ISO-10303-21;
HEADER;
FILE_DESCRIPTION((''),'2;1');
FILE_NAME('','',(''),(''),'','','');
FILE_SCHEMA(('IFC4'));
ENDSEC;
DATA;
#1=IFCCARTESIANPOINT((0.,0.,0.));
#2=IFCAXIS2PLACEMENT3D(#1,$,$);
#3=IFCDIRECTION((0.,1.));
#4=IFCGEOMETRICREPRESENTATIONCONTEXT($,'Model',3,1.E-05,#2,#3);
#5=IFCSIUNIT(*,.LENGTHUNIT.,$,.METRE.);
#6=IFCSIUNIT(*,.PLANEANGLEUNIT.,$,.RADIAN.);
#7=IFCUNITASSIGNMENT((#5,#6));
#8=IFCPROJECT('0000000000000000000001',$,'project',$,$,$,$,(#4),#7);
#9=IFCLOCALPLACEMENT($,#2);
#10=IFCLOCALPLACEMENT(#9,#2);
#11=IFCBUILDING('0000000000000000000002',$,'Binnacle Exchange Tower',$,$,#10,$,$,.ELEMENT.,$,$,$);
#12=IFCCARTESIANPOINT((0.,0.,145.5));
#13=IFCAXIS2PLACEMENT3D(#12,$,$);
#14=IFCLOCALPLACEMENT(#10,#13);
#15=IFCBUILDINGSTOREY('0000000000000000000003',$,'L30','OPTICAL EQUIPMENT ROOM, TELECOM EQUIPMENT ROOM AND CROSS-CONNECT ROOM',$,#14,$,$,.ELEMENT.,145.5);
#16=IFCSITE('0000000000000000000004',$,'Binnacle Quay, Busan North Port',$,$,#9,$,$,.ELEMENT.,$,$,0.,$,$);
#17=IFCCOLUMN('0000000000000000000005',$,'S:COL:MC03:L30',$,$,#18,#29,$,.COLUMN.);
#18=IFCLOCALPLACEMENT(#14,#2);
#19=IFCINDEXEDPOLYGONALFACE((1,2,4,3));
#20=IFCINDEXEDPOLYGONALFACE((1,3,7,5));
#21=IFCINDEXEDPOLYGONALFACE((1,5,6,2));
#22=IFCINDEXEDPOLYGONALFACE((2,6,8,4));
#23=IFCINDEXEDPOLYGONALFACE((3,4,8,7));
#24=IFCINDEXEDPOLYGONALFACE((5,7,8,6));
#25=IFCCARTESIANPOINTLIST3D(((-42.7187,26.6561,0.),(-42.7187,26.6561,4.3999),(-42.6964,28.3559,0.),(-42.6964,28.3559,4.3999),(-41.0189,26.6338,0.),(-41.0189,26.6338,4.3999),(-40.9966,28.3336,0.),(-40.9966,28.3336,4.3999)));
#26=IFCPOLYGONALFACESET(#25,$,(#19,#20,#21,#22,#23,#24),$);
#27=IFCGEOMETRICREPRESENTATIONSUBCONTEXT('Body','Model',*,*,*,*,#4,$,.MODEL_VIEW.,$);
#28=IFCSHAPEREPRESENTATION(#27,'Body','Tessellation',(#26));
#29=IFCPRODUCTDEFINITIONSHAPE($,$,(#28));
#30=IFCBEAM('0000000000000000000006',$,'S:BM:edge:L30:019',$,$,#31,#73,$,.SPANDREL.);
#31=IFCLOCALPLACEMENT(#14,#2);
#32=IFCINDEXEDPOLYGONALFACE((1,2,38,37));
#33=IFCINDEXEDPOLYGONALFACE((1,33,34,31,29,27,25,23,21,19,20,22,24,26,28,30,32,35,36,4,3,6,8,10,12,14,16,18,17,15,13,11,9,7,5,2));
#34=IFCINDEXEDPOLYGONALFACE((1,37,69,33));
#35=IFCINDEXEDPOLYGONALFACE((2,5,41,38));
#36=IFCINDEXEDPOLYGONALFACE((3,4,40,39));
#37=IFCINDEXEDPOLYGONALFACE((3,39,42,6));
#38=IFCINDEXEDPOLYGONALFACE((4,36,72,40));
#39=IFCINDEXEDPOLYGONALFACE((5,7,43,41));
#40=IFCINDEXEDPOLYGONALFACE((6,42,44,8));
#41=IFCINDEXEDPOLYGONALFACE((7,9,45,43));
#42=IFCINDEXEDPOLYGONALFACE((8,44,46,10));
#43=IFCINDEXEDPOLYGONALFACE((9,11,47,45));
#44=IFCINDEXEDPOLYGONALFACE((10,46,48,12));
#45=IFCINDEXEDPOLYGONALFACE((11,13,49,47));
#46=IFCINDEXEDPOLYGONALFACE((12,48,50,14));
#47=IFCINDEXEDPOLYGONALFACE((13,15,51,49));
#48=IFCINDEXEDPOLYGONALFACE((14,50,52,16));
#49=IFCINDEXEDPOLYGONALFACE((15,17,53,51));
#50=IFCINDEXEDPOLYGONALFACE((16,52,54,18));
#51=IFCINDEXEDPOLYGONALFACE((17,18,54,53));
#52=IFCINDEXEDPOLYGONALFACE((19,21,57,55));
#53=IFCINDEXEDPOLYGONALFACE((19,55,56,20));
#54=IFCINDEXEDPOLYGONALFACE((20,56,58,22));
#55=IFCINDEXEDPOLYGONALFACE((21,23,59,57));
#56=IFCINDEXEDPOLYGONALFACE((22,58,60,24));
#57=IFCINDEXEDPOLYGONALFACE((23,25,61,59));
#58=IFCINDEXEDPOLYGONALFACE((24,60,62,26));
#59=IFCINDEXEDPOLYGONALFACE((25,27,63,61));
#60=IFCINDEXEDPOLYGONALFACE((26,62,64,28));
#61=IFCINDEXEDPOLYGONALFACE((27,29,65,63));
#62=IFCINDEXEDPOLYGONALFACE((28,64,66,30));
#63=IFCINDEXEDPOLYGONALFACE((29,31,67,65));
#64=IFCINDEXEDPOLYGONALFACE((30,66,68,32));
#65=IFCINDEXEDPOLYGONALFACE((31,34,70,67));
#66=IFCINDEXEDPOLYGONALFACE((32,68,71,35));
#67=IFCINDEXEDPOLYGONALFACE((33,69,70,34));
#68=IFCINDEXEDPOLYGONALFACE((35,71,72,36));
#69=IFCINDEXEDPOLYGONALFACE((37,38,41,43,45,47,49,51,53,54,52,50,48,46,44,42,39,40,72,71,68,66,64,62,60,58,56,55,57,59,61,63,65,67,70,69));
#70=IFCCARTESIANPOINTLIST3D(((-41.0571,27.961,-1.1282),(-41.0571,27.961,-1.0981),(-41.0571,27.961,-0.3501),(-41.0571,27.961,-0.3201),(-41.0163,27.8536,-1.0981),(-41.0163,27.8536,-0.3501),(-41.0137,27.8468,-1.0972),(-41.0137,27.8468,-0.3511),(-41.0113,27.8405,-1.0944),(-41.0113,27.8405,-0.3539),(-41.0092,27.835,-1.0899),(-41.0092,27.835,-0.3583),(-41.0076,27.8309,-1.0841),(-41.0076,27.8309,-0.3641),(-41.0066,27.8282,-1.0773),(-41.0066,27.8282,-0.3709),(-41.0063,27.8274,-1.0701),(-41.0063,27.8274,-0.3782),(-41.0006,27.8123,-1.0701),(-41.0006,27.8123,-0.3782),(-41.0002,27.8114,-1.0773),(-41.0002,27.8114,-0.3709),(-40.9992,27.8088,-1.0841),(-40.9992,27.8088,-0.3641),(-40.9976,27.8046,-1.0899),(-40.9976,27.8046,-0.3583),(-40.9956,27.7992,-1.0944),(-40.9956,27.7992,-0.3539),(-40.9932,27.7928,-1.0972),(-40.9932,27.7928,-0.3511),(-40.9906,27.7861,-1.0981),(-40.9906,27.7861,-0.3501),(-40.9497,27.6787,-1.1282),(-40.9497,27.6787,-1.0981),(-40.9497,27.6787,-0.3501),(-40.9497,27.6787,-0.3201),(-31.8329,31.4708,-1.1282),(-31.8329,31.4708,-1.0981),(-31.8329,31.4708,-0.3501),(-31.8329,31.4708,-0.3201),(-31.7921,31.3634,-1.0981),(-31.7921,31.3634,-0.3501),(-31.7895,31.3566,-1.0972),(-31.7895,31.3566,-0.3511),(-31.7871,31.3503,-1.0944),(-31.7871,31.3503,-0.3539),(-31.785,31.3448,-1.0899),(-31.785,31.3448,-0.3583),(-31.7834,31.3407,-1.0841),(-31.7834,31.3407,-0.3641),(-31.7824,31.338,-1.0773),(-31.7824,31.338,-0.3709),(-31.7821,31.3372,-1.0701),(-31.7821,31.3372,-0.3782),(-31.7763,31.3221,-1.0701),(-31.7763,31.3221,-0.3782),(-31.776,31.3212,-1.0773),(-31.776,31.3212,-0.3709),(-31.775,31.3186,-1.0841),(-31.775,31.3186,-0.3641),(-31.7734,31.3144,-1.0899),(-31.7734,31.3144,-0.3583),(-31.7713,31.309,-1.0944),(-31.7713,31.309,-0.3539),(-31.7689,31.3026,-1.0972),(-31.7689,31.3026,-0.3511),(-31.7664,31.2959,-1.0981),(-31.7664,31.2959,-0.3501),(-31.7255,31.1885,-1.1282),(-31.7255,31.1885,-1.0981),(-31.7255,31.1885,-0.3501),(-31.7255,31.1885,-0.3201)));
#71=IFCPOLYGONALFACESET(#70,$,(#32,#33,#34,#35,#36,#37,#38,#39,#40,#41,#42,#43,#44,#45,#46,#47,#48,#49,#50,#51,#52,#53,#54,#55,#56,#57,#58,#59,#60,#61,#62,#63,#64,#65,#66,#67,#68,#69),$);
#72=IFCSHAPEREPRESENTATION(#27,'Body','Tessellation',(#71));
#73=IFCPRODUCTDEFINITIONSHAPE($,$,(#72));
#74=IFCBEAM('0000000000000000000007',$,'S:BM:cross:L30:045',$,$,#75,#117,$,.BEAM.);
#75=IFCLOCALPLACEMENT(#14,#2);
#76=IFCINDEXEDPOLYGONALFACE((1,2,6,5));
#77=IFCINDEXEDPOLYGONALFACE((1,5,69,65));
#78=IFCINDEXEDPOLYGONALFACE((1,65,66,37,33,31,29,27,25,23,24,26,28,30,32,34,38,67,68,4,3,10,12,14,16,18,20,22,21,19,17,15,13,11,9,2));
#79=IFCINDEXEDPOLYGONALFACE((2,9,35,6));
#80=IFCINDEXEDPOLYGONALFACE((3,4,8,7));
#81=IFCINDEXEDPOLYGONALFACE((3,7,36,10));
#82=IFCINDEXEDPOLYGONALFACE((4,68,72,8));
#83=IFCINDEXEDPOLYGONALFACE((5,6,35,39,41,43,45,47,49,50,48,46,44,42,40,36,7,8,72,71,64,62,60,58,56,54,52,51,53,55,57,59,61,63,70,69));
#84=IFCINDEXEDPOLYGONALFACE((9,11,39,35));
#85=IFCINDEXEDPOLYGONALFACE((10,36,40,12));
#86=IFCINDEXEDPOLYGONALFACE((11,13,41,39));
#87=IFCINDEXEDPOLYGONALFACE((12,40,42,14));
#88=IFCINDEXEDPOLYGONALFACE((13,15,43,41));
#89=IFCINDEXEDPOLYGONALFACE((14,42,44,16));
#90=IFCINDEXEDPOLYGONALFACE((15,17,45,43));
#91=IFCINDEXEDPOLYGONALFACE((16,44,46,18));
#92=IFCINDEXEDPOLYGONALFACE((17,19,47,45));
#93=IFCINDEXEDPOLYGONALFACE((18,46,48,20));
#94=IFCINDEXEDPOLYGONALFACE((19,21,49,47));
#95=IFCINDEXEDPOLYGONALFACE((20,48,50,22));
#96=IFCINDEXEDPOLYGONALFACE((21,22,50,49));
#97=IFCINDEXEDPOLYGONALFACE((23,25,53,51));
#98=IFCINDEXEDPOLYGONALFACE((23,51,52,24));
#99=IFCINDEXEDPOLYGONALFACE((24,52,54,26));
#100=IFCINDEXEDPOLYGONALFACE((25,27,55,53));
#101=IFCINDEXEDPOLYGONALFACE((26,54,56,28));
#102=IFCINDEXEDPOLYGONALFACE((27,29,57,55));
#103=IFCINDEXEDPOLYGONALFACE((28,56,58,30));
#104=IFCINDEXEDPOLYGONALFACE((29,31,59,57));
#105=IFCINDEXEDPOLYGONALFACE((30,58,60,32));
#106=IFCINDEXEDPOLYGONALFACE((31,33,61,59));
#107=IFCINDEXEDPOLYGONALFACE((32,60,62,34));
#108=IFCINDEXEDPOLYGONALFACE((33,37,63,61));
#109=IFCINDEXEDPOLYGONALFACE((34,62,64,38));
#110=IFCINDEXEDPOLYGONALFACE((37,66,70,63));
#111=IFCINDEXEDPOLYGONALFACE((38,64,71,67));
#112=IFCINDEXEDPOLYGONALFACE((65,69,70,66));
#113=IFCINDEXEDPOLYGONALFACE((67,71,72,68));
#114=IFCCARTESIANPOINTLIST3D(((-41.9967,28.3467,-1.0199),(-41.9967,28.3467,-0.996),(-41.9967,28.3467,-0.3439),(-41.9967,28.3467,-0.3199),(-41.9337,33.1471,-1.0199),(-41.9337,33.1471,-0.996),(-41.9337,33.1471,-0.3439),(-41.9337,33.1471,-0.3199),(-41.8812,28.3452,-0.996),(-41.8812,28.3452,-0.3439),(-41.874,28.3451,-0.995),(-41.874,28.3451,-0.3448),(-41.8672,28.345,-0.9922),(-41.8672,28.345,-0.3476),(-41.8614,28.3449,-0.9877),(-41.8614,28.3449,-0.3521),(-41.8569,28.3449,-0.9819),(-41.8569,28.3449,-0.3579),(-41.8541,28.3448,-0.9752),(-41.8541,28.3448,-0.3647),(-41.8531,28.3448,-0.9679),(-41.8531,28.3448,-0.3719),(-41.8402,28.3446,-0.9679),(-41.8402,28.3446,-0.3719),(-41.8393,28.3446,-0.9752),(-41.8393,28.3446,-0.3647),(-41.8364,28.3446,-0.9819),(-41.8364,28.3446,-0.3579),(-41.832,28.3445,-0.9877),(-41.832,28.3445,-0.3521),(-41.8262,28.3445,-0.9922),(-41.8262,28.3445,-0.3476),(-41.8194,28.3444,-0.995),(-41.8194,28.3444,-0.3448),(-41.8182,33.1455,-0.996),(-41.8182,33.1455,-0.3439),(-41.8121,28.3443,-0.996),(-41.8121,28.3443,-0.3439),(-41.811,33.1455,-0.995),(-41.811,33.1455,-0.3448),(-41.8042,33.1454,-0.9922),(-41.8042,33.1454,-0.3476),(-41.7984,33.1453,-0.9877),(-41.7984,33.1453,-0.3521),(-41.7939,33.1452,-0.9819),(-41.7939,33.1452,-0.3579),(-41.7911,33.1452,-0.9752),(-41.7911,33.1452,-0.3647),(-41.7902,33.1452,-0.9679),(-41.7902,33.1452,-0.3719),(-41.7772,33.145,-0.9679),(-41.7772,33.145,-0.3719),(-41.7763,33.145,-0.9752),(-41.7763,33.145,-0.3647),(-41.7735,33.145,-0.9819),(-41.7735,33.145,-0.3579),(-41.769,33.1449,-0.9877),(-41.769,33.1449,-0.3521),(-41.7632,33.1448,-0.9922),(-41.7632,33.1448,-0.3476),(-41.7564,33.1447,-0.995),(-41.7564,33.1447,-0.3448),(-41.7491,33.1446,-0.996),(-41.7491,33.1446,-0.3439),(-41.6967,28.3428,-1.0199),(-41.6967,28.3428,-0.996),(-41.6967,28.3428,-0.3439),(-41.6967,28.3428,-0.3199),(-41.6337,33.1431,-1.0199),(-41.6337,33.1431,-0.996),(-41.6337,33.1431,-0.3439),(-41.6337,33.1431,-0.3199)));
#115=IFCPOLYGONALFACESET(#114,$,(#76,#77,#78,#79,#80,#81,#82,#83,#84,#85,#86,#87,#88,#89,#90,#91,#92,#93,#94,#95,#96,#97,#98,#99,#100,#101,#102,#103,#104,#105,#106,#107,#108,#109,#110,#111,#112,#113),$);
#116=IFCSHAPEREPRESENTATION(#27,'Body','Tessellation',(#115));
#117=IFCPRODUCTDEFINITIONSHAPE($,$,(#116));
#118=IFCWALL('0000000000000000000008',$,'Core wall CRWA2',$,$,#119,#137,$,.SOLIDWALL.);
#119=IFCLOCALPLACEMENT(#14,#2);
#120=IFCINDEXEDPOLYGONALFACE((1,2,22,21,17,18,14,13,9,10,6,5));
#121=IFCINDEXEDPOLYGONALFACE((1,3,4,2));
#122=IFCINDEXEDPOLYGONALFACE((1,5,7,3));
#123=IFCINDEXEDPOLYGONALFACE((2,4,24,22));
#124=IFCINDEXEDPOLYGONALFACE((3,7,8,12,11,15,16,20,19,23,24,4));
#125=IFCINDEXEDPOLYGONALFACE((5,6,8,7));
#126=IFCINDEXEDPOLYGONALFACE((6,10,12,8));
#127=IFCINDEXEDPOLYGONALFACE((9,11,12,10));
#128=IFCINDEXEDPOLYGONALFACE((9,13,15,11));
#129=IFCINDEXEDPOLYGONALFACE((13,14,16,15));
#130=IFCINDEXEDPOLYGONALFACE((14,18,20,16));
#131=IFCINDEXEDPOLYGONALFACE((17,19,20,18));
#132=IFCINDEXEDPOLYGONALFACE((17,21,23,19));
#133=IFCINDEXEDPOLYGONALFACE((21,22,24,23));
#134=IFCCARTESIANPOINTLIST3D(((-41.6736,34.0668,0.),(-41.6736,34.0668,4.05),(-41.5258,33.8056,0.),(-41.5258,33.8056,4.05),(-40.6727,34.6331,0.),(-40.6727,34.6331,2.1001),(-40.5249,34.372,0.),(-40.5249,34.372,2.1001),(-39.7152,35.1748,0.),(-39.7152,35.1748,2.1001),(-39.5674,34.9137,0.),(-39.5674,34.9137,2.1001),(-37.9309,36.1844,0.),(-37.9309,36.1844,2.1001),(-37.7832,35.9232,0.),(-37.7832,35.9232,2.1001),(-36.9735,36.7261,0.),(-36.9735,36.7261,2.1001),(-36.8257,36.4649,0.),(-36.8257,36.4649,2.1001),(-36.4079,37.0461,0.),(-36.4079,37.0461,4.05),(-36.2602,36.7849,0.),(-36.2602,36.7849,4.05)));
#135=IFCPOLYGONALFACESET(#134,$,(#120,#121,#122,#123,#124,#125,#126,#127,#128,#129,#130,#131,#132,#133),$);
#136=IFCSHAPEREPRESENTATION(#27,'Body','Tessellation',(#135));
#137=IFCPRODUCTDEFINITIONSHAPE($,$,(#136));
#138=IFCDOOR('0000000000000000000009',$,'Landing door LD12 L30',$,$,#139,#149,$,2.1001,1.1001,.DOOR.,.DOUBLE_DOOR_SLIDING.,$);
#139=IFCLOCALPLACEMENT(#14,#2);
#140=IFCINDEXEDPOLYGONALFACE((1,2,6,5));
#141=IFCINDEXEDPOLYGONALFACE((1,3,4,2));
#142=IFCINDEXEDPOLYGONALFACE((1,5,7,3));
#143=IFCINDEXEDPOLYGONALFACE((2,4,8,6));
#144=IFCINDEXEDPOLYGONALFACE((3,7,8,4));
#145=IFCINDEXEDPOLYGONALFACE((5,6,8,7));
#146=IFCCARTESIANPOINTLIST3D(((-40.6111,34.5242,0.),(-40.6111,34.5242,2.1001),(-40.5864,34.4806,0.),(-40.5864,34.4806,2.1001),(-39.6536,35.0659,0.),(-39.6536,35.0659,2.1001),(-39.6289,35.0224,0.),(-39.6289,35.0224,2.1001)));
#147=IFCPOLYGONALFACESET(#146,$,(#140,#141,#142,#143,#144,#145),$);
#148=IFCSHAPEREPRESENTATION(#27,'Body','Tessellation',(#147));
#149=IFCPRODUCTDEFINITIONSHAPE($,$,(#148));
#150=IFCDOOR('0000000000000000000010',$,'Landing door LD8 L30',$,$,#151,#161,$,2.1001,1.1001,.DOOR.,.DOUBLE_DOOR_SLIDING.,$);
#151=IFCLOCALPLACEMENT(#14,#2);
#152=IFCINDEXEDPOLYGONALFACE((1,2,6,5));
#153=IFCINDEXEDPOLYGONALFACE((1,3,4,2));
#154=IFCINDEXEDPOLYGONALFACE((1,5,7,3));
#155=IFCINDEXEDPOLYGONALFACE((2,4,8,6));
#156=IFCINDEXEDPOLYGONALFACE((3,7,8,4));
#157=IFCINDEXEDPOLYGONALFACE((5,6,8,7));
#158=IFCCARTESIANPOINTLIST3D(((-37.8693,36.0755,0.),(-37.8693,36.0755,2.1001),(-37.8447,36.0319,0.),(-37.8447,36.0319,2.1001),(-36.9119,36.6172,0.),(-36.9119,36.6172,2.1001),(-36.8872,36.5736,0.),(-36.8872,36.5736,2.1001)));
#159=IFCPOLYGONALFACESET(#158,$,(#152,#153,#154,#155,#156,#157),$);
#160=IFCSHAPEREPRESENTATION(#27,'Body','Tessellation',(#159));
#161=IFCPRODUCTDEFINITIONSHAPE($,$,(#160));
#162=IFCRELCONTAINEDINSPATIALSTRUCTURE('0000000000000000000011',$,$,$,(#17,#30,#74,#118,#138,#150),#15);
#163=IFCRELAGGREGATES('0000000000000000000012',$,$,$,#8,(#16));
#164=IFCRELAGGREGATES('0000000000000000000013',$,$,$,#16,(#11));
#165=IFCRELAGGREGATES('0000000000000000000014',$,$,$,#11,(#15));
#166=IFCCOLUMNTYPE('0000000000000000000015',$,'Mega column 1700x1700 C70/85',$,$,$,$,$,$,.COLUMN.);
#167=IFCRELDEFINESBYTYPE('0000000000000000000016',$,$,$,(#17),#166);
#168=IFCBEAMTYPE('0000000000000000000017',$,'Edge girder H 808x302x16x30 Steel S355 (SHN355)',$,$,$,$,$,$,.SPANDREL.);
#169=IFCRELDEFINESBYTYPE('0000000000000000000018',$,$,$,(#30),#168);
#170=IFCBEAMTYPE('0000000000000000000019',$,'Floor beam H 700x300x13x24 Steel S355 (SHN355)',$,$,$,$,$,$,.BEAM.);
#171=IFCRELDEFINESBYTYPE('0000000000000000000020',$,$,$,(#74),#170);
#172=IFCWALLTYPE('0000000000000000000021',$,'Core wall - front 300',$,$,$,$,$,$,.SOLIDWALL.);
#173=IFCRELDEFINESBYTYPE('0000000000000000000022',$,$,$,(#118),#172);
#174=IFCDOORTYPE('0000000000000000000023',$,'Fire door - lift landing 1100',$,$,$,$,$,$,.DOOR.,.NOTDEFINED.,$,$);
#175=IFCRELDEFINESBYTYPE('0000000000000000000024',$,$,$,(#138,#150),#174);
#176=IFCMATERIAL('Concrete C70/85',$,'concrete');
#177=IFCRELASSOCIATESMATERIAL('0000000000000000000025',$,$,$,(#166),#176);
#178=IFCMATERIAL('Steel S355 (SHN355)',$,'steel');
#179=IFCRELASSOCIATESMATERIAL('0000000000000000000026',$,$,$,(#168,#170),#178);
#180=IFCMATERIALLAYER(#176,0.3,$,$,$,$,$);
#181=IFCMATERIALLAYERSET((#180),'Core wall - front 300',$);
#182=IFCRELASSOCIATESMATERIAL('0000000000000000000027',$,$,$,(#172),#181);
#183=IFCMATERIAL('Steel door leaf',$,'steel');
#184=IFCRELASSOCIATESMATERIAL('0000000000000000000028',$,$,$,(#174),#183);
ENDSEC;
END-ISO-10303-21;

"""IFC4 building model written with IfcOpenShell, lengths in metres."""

from ifc_helpers import new_model, si_unit, direction, frame, frame_2d, origin, origin_2d, place, context, subcontext, project, spatial, rectangle, i_section, extrude, material, layer, layer_set, material_profile, profile_set, type_object, element, fill, save


model = new_model("IFC4")

# Units and contexts
model_context = context("Model", 3, precision=1e-05, world=origin(), true_north=direction((0.0, 1.0)))
body_context = subcontext(model_context, "Body", "Model", "MODEL_VIEW")
ifc_project = project(units=[si_unit("LENGTHUNIT", "METRE"), si_unit("PLANEANGLEUNIT", "RADIAN")], contexts=[model_context])

# Site, building, storey
site_placement = place(None, origin())
site = spatial("IfcSite", under=ifc_project, at=site_placement, Name="Binnacle Quay, Busan North Port", CompositionType="ELEMENT", RefElevation=0.0)
building_placement = place(site_placement, origin())
building = spatial("IfcBuilding", under=site, at=building_placement, Name="Binnacle Exchange Tower", CompositionType="ELEMENT")
storey_placement = place(building_placement, frame((0.0, 0.0, 145.5)))
storey = spatial("IfcBuildingStorey", under=building, at=storey_placement, Name="L30", Description="OPTICAL EQUIPMENT ROOM, TELECOM EQUIPMENT ROOM AND CROSS-CONNECT ROOM", CompositionType="ELEMENT", Elevation=145.5)

# Column
ifc_material_1 = material(Name="Concrete C70/85", Category="concrete")
ifc_material_profile_1 = material_profile(ifc_material_1, rectangle(XDim=1.7, YDim=1.7, at=origin_2d()), Name="Mega column 1700x1700 C70/85")
ifc_profile_set_1 = profile_set([ifc_material_profile_1], Name="Concrete C70/85")
column_type = type_object("IfcColumnType", Name="Mega column 1700x1700 C70/85", PredefinedType="COLUMN", material=ifc_profile_set_1)
column_placement = place(storey_placement, frame((-41.8577, 27.4949, 0.0), z_axis=(0.0, 0.0, 1.0), x_axis=(0.999914, -0.01309, 0.0)))
element("IfcColumn", 1, at=column_placement, inside=storey, type_object=column_type, Name="S:COL:MC03:L30", PredefinedType="COLUMN", context=body_context, shape_type="SweptSolid", body=[
    extrude(rectangle(XDim=1.7, YDim=1.7, at=origin_2d()), origin(), (0.0, 0.0, 1.0), 4.3999),
])

# Beams
ifc_material_2 = material(Name="Steel S355 (SHN355)", Category="steel")
ifc_material_profile_2 = material_profile(ifc_material_2, i_section(OverallWidth=0.302, OverallDepth=0.8081, WebThickness=0.0161, FlangeThickness=0.03, FilletRadius=0.0281, at=origin_2d()), Name="H 808x302x16x30")
ifc_profile_set_2 = profile_set([ifc_material_profile_2], Name="Steel S355 (SHN355)")
beam_type_1 = type_object("IfcBeamType", Name="Edge girder H 808x302x16x30 Steel S355 (SHN355)", PredefinedType="SPANDREL", material=ifc_profile_set_2)
beam_1_placement = place(storey_placement, frame((-41.0034, 27.8198, -0.7241), z_axis=(0.934629, 0.355625, 0.0), x_axis=(-0.355625, 0.934629, 0.0)))
element("IfcBeam", 2, at=beam_1_placement, inside=storey, type_object=beam_type_1, Name="S:BM:edge:L30:019", PredefinedType="SPANDREL", context=body_context, shape_type="SweptSolid", body=[
    extrude(i_section(OverallWidth=0.302, OverallDepth=0.8081, WebThickness=0.0161, FlangeThickness=0.03, FilletRadius=0.0281, at=origin_2d()), origin(), (0.0, 0.0, 1.0), 9.8694),
])
ifc_material_profile_3 = material_profile(ifc_material_2, i_section(OverallWidth=0.3, OverallDepth=0.7, WebThickness=0.0129, FlangeThickness=0.0239, FilletRadius=0.0281, at=origin_2d()), Name="H 700x300x13x24")
ifc_profile_set_3 = profile_set([ifc_material_profile_3], Name="Steel S355 (SHN355)")
beam_type_2 = type_object("IfcBeamType", Name="Floor beam H 700x300x13x24 Steel S355 (SHN355)", PredefinedType="BEAM", material=ifc_profile_set_3)
beam_2_placement = place(storey_placement, frame((-41.8467, 28.3447, -0.6699), z_axis=(0.013121, 0.999914, 0.0), x_axis=(-0.999914, 0.013121, 0.0)))
element("IfcBeam", 3, at=beam_2_placement, inside=storey, type_object=beam_type_2, Name="S:BM:cross:L30:045", PredefinedType="BEAM", context=body_context, shape_type="SweptSolid", body=[
    extrude(i_section(OverallWidth=0.3, OverallDepth=0.7, WebThickness=0.0129, FlangeThickness=0.0239, FilletRadius=0.0281, at=origin_2d()), origin(), (0.0, 0.0, 1.0), 4.8008),
])

# Wall, openings, doors
ifc_layer_1 = layer(ifc_material_1, 0.3)
ifc_layer_set_1 = layer_set([ifc_layer_1], Name="Core wall - front 300")
wall_type_1 = type_object("IfcWallType", Name="Core wall - front 300", PredefinedType="SOLIDWALL", material=ifc_layer_set_1)
wall_1_placement = place(storey_placement, frame((-41.5996, 33.9363, 0.0), z_axis=(0.0, 0.0, 1.0), x_axis=(0.870349, 0.492436, 0.0)))
wall_1 = element("IfcWall", 4, at=wall_1_placement, inside=storey, type_object=wall_type_1, Name="Core wall CRWA2", PredefinedType="SOLIDWALL", context=body_context, shape_type="SweptSolid", body=[
    extrude(rectangle(XDim=6.05, YDim=0.3, at=frame_2d((3.0249, 0.0))), origin(), (0.0, 0.0, 1.0), 4.05),
])
opening_1_placement = place(wall_1_placement, frame((1.1499, 0.0, 0.0)))
opening_1 = element("IfcOpeningElement", 5, at=opening_1_placement, cuts=wall_1, PredefinedType="OPENING", context=body_context, shape_type="SweptSolid", body=[
    extrude(rectangle(XDim=1.1001, YDim=2.1001, at=frame_2d((0.55, 1.05))), frame((0.0, 0.1599, 0.0), z_axis=(0.0, -1.0, 0.0), x_axis=(1.0, 0.0, 0.0)), (0.0, 0.0, 1.0), 0.3201),
])
opening_2_placement = place(wall_1_placement, frame((4.3, 0.0, 0.0)))
opening_2 = element("IfcOpeningElement", 6, at=opening_2_placement, cuts=wall_1, PredefinedType="OPENING", context=body_context, shape_type="SweptSolid", body=[
    extrude(rectangle(XDim=1.1001, YDim=2.1001, at=frame_2d((0.55, 1.05))), frame((0.0, 0.1599, 0.0), z_axis=(0.0, -1.0, 0.0), x_axis=(1.0, 0.0, 0.0)), (0.0, 0.0, 1.0), 0.3201),
])
ifc_material_3 = material(Name="Steel door leaf", Category="steel")
door_type_1 = type_object("IfcDoorType", Name="Fire door - lift landing 1100", OperationType="NOTDEFINED", PredefinedType="DOOR", material=ifc_material_3)
door_1_placement = place(opening_1_placement, origin())
door_1 = element("IfcDoor", 7, at=door_1_placement, inside=storey, type_object=door_type_1, Name="Landing door LD12 L30", OperationType="DOUBLE_DOOR_SLIDING", OverallHeight=2.1001, OverallWidth=1.1001, PredefinedType="DOOR", context=body_context, shape_type="SweptSolid", body=[
    extrude(rectangle(XDim=1.1001, YDim=2.1001, at=frame_2d((0.55, 1.05))), frame((0.0, 0.0249, 0.0), z_axis=(0.0, -1.0, 0.0), x_axis=(1.0, 0.0, 0.0)), (0.0, 0.0, 1.0), 0.05),
])
fill(opening_1, door_1)
door_2_placement = place(opening_2_placement, origin())
door_2 = element("IfcDoor", 8, at=door_2_placement, inside=storey, type_object=door_type_1, Name="Landing door LD8 L30", OperationType="DOUBLE_DOOR_SLIDING", OverallHeight=2.1001, OverallWidth=1.1001, PredefinedType="DOOR", context=body_context, shape_type="SweptSolid", body=[
    extrude(rectangle(XDim=1.1001, YDim=2.1001, at=frame_2d((0.55, 1.05))), frame((0.0, 0.0249, 0.0), z_axis=(0.0, -1.0, 0.0), x_axis=(1.0, 0.0, 0.0)), (0.0, 0.0, 1.0), 0.05),
])
fill(opening_2, door_2)

save(model, "model.ifc")
